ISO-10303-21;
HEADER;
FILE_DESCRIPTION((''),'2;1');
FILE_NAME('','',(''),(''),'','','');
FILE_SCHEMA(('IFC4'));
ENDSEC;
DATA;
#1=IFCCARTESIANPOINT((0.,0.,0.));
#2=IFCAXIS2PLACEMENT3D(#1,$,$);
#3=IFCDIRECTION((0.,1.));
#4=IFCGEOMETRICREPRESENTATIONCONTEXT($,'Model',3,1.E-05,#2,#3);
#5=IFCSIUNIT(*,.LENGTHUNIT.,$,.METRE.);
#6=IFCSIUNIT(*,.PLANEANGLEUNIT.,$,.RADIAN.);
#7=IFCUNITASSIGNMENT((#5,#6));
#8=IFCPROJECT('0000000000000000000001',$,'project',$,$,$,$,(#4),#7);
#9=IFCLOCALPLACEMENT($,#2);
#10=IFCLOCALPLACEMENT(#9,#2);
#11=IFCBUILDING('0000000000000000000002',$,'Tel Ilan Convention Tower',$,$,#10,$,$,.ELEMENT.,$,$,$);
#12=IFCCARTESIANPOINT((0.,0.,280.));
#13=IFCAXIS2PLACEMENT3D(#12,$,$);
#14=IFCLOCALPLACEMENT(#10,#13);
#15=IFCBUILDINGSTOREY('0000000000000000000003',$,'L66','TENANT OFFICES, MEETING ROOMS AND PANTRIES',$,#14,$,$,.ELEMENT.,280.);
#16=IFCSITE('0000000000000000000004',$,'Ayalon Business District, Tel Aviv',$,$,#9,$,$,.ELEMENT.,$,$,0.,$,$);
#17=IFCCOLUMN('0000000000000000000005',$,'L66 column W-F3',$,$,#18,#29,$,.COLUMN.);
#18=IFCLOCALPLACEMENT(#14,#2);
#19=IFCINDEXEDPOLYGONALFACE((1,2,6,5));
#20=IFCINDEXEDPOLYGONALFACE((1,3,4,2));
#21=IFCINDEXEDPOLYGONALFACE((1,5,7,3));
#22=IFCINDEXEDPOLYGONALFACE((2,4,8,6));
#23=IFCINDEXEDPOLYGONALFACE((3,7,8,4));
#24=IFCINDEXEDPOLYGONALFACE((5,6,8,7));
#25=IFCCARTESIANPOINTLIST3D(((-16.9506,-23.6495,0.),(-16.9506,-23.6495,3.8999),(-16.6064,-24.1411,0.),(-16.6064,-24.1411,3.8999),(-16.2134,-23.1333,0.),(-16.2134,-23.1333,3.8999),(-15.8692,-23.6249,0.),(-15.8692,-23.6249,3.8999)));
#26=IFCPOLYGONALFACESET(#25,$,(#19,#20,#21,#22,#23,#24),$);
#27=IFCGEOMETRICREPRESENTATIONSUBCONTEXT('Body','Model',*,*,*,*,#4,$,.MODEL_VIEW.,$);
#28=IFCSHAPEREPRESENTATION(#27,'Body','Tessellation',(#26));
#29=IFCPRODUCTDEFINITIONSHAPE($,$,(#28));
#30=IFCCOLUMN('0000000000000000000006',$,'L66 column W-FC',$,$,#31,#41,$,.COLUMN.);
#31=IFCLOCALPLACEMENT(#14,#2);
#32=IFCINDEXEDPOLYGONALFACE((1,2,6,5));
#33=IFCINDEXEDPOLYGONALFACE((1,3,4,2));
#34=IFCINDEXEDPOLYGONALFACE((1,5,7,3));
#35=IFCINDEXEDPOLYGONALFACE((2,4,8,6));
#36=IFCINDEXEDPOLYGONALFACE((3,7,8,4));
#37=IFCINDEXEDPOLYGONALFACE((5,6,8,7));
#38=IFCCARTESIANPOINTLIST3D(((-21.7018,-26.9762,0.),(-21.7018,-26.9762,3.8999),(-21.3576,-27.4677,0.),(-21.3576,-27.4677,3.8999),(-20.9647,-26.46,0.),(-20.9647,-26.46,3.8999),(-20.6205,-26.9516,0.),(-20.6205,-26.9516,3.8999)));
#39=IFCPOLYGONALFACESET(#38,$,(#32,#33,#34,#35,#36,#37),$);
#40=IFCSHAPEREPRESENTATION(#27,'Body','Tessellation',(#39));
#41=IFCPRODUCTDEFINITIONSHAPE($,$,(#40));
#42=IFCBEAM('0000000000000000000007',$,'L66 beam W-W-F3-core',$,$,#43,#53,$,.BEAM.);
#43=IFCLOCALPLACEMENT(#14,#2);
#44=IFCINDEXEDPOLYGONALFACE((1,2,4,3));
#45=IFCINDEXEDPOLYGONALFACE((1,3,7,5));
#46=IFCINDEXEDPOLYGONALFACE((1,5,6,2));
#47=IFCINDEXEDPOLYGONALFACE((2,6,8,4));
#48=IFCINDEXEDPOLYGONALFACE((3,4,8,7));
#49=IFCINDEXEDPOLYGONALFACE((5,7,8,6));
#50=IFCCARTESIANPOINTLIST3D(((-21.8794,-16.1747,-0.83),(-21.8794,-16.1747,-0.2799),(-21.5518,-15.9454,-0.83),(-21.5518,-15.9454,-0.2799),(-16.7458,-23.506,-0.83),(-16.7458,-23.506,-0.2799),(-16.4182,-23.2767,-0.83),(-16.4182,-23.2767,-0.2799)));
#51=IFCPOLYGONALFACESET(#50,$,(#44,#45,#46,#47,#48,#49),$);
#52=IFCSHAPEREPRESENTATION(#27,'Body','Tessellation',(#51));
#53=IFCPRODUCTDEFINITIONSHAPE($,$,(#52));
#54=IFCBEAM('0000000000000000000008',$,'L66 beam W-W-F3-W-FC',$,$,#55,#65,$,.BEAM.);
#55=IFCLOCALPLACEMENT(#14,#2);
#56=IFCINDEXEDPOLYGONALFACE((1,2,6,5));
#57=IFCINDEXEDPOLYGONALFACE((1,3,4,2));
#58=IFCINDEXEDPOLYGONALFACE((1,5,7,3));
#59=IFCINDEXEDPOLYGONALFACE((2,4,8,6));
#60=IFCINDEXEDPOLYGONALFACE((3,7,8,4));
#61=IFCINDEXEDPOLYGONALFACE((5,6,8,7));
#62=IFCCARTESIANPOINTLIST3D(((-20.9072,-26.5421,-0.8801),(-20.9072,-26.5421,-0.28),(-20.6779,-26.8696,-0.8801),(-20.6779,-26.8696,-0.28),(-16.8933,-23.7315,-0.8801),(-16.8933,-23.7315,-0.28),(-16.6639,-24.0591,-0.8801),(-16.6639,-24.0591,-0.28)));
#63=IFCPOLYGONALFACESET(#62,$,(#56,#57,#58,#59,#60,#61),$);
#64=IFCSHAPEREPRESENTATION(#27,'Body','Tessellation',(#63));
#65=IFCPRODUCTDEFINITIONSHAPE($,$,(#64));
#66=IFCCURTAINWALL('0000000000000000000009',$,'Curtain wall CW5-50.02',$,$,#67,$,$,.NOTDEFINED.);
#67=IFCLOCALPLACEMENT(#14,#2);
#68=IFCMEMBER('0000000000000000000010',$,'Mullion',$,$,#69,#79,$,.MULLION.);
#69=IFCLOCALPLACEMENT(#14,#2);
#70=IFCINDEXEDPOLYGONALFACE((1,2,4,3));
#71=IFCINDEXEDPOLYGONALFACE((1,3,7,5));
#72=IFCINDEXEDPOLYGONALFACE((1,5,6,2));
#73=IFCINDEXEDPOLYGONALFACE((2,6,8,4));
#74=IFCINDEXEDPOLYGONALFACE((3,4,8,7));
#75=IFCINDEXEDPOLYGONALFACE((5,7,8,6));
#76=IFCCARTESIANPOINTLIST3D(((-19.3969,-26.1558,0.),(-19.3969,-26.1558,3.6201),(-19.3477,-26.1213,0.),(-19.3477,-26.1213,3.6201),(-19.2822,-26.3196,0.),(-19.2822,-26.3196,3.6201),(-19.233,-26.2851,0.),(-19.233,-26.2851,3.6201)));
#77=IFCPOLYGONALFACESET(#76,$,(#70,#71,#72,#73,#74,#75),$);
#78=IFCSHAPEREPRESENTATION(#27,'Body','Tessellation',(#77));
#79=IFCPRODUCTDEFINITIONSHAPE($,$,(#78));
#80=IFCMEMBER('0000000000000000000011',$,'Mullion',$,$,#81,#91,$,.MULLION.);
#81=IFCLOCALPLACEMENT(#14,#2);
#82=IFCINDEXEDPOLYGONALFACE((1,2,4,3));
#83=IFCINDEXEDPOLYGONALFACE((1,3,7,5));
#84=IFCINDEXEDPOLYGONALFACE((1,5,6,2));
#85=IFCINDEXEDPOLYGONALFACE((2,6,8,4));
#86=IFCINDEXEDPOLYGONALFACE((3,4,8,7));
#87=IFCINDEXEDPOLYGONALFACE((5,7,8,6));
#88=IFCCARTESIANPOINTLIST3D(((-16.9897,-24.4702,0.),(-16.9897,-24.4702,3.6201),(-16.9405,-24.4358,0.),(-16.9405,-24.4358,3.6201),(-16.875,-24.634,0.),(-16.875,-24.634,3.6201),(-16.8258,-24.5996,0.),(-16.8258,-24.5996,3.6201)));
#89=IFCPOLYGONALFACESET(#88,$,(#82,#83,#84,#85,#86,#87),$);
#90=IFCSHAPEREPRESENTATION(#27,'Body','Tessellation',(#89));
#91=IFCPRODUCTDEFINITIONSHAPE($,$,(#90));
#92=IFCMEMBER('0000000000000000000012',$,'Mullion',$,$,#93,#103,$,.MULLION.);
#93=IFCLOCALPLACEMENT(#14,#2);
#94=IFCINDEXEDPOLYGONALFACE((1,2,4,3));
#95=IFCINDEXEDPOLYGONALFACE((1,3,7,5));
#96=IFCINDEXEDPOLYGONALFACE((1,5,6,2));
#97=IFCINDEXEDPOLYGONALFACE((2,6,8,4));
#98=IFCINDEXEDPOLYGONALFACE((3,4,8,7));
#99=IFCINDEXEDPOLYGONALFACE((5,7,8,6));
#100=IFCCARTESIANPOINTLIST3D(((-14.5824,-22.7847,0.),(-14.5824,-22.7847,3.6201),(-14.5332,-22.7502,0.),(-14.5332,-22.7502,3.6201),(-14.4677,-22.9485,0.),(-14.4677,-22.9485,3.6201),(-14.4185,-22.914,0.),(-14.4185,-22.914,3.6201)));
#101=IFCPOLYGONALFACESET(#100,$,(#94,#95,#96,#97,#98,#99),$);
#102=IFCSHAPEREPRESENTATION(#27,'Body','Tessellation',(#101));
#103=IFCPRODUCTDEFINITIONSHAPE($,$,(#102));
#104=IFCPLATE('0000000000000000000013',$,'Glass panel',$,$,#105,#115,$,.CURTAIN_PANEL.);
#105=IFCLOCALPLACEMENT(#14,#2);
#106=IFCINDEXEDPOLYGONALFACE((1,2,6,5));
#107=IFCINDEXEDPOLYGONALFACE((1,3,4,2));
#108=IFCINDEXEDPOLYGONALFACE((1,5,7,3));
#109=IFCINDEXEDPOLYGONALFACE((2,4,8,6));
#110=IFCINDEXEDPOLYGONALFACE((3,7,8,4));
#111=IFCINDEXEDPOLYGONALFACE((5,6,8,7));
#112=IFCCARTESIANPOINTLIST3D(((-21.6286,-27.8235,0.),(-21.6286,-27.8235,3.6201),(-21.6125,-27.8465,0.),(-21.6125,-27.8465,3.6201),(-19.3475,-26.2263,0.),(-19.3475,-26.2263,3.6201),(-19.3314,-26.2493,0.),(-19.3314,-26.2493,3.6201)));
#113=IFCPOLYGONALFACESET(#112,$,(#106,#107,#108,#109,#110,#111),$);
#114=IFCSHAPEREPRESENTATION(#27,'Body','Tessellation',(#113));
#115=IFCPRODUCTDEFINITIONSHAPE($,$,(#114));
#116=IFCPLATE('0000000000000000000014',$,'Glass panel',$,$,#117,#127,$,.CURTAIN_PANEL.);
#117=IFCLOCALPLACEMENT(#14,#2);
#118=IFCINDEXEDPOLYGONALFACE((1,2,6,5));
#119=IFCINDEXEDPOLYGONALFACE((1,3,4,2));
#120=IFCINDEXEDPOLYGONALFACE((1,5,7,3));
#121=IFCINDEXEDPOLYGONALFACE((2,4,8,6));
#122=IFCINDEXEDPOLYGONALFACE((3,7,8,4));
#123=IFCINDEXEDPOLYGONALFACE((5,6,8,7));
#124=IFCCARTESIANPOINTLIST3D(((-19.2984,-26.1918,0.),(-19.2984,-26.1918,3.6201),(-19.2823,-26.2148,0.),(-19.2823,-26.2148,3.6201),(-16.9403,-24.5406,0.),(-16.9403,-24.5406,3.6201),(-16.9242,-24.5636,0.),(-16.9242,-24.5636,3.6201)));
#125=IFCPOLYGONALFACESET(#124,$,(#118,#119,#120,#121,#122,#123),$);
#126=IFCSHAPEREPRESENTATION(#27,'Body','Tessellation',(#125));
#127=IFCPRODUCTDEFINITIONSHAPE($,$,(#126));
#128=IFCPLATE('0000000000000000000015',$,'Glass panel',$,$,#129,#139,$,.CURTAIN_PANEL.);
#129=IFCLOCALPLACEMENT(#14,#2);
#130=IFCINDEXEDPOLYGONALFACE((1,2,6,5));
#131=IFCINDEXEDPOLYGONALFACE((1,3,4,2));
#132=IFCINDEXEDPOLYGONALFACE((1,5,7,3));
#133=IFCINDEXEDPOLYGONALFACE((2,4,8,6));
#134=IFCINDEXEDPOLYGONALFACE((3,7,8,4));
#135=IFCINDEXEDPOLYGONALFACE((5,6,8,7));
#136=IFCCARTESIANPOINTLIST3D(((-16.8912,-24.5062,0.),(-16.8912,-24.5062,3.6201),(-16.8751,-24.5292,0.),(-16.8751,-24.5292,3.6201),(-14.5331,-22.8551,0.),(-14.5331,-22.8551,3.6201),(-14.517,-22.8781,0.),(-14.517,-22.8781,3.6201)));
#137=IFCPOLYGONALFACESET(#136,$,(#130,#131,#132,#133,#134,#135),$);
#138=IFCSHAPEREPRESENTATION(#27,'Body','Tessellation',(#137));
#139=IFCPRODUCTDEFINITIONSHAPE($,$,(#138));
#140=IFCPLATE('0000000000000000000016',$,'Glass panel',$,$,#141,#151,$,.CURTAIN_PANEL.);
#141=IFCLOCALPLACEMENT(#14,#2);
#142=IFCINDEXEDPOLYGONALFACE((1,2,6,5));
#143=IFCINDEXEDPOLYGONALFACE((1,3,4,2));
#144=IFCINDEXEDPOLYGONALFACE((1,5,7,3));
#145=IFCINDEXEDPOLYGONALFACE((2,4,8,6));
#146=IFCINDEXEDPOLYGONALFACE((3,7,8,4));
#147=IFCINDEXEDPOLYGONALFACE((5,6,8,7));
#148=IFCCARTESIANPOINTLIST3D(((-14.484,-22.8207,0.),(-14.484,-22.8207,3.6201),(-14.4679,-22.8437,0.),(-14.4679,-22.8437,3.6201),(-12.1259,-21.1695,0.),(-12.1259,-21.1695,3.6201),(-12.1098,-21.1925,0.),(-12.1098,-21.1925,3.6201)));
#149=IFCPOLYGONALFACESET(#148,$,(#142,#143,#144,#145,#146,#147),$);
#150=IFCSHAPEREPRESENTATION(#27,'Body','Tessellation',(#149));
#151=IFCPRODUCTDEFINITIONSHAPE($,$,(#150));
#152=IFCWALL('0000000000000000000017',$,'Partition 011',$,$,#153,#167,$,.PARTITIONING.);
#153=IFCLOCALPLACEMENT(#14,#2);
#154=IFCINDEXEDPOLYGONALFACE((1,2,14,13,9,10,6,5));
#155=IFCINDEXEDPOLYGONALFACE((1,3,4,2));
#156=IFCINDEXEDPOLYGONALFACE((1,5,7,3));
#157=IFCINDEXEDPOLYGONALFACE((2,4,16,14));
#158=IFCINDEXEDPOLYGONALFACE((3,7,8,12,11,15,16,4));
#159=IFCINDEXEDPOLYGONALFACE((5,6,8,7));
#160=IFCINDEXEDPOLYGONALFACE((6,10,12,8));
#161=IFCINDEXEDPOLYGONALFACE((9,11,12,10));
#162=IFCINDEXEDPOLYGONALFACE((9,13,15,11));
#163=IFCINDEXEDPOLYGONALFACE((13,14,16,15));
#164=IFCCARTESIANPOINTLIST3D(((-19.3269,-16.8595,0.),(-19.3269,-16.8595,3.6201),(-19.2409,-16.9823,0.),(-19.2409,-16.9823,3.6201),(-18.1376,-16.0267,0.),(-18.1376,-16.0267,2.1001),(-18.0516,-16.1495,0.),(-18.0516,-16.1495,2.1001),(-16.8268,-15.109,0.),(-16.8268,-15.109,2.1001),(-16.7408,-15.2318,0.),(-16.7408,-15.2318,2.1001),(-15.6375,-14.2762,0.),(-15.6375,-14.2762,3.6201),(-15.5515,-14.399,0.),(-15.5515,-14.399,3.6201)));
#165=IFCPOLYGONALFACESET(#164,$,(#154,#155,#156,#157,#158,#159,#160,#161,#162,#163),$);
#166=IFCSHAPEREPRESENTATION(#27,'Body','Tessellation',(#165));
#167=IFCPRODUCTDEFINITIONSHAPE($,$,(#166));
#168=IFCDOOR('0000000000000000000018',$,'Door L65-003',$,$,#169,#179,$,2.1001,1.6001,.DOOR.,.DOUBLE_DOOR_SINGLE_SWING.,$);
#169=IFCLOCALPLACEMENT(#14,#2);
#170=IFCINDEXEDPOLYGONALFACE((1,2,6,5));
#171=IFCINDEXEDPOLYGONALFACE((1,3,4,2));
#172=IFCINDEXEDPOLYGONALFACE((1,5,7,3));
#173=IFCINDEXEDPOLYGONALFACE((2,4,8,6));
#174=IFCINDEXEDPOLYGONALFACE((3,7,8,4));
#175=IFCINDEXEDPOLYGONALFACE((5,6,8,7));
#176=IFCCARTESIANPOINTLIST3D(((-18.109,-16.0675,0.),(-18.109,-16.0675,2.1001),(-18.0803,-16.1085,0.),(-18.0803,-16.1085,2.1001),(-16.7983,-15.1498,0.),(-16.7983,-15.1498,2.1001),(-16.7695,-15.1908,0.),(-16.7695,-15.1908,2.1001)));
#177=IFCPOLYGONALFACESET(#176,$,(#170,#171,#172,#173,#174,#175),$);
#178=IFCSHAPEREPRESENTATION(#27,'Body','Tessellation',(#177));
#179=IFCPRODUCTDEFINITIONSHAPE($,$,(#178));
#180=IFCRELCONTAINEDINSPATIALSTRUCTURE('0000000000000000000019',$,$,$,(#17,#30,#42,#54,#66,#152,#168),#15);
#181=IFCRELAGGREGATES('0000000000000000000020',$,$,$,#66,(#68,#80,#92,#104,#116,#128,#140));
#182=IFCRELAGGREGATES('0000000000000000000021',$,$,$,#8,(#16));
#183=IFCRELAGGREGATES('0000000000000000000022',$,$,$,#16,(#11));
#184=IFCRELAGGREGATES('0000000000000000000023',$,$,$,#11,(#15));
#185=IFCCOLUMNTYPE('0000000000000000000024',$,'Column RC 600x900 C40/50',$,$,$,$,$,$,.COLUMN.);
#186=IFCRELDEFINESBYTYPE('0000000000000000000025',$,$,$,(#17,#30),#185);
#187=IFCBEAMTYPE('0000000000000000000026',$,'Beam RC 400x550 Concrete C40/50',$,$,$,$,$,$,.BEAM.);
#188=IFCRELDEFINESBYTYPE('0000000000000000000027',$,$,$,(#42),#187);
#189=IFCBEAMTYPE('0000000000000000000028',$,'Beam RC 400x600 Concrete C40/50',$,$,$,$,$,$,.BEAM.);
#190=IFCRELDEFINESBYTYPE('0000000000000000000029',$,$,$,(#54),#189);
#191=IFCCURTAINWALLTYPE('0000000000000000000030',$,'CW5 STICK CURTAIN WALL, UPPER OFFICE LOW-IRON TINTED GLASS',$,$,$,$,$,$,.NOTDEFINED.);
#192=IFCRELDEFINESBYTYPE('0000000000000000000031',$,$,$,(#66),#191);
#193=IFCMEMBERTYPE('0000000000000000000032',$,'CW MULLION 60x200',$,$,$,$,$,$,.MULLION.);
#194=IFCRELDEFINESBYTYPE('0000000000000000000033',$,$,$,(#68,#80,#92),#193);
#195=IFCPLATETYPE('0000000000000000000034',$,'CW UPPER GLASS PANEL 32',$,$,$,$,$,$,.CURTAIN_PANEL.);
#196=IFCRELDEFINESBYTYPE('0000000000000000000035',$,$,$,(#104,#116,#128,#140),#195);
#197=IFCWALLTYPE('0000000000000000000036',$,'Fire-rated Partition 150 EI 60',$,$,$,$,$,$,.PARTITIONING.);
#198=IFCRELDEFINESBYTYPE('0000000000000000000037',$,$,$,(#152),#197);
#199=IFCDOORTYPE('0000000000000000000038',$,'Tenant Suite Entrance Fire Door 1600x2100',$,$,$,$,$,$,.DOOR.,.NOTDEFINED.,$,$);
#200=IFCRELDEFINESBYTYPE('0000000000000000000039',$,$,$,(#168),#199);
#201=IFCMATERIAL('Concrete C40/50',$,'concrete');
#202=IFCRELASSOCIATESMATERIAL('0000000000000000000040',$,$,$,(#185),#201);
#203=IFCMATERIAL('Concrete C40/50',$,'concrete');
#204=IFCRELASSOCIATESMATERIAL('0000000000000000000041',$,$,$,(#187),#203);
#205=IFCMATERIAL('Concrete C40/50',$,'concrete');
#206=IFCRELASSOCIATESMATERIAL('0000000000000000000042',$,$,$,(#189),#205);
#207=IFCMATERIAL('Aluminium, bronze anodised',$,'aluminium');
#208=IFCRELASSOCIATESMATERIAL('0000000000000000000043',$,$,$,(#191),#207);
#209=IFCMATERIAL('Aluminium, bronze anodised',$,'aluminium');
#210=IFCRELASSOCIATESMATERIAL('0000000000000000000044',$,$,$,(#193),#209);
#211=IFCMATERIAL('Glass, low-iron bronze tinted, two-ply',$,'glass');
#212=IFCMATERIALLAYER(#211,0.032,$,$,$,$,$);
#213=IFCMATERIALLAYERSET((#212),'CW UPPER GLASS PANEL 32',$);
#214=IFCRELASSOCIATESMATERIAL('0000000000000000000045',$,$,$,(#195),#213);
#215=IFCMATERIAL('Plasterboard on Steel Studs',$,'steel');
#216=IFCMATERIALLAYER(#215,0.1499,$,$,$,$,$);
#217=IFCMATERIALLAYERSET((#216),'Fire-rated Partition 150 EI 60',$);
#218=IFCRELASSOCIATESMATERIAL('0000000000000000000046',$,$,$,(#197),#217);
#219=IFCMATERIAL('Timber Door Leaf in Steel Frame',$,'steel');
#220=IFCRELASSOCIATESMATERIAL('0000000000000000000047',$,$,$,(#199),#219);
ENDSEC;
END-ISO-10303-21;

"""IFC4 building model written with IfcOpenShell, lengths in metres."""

from ifc_helpers import new_model, si_unit, direction, frame, frame_2d, origin, origin_2d, place, context, subcontext, project, spatial, rectangle, extrude, material, layer, layer_set, material_profile, profile_set, type_object, element, fill, aggregate, save


model = new_model("IFC4")

# Units and contexts
model_context = context("Model", 3, precision=1e-05, world=origin(), true_north=direction((0.0, 1.0)))
body_context = subcontext(model_context, "Body", "Model", "MODEL_VIEW")
ifc_project = project(units=[si_unit("LENGTHUNIT", "METRE"), si_unit("PLANEANGLEUNIT", "RADIAN")], contexts=[model_context])

# Site, building, storey
site_placement = place(None, origin())
site = spatial("IfcSite", under=ifc_project, at=site_placement, Name="Ayalon Business District, Tel Aviv", CompositionType="ELEMENT", RefElevation=0.0)
building_placement = place(site_placement, origin())
building = spatial("IfcBuilding", under=site, at=building_placement, Name="Tel Ilan Convention Tower", CompositionType="ELEMENT")
storey_placement = place(building_placement, frame((0.0, 0.0, 280.0)))
storey = spatial("IfcBuildingStorey", under=building, at=storey_placement, Name="L66", Description="TENANT OFFICES, MEETING ROOMS AND PANTRIES", CompositionType="ELEMENT", Elevation=280.0)

# Columns
ifc_material_1 = material(Name="Concrete C40/50", Category="concrete")
ifc_material_profile_1 = material_profile(ifc_material_1, rectangle(XDim=0.8999, YDim=0.6001, at=origin_2d()), Name="RC 600x900")
ifc_profile_set_1 = profile_set([ifc_material_profile_1], Name="Concrete C40/50")
column_type = type_object("IfcColumnType", Name="Column RC 600x900 C40/50", PredefinedType="COLUMN", material=ifc_profile_set_1)
for number, where, z_axis, x_axis, name in (
    (1, (-16.4099, -23.6372, 0.0), (0.0, 0.0, 1.0), (-0.819152, -0.573576, 0.0), "L66 column W-F3"),
    (2, (-21.1611, -26.9639, 0.0), (0.0, 0.0, 1.0), (-0.819152, -0.573576, 0.0), "L66 column W-FC"),
):
    element("IfcColumn", number, at=place(storey_placement, frame(where, z_axis=z_axis, x_axis=x_axis)), inside=storey, type_object=column_type, Name=name, PredefinedType="COLUMN", context=body_context, shape_type="SweptSolid", body=[
        extrude(rectangle(XDim=0.8999, YDim=0.6001, at=origin_2d()), origin(), (0.0, 0.0, 1.0), 3.8999),
    ])

# Beams
ifc_material_2 = material(Name="Concrete C40/50", Category="concrete")
ifc_material_profile_2 = material_profile(ifc_material_2, rectangle(XDim=0.3999, YDim=0.55, at=origin_2d()), Name="RC 400x550")
ifc_profile_set_2 = profile_set([ifc_material_profile_2], Name="Concrete C40/50")
beam_type_1 = type_object("IfcBeamType", Name="Beam RC 400x550 Concrete C40/50", PredefinedType="BEAM", material=ifc_profile_set_2)
beam_1_placement = place(storey_placement, frame((-16.582, -23.3914, -0.5549), z_axis=(-0.573585, 0.819146, 0.0), x_axis=(-0.819146, -0.573585, 0.0)))
element("IfcBeam", 3, at=beam_1_placement, inside=storey, type_object=beam_type_1, Name="L66 beam W-W-F3-core", PredefinedType="BEAM", context=body_context, shape_type="SweptSolid", body=[
    extrude(rectangle(XDim=0.3999, YDim=0.55, at=origin_2d()), origin(), (0.0, 0.0, 1.0), 8.95),
])
ifc_material_3 = material(Name="Concrete C40/50", Category="concrete")
ifc_material_profile_3 = material_profile(ifc_material_3, rectangle(XDim=0.3999, YDim=0.6001, at=origin_2d()), Name="RC 400x600")
ifc_profile_set_3 = profile_set([ifc_material_profile_3], Name="Concrete C40/50")
beam_type_2 = type_object("IfcBeamType", Name="Beam RC 400x600 Concrete C40/50", PredefinedType="BEAM", material=ifc_profile_set_3)
beam_2_placement = place(storey_placement, frame((-16.7786, -23.8953, -0.5801), z_axis=(-0.819155, -0.573573, 0.0), x_axis=(0.573573, -0.819155, 0.0)))
element("IfcBeam", 4, at=beam_2_placement, inside=storey, type_object=beam_type_2, Name="L66 beam W-W-F3-W-FC", PredefinedType="BEAM", context=body_context, shape_type="SweptSolid", body=[
    extrude(rectangle(XDim=0.3999, YDim=0.6001, at=origin_2d()), origin(), (0.0, 0.0, 1.0), 4.9001),
])

# Curtain wall, members, plates
ifc_material_4 = material(Name="Aluminium, bronze anodised", Category="aluminium")
curtain_wall_type = type_object("IfcCurtainWallType", Name="CW5 STICK CURTAIN WALL, UPPER OFFICE LOW-IRON TINTED GLASS", PredefinedType="NOTDEFINED", material=ifc_material_4)
curtain_wall_placement = place(storey_placement, origin())
curtain_wall = element("IfcCurtainWall", 5, at=curtain_wall_placement, inside=storey, type_object=curtain_wall_type, Name="Curtain wall CW5-50.02", PredefinedType="NOTDEFINED")
ifc_material_5 = material(Name="Aluminium, bronze anodised", Category="aluminium")
ifc_material_profile_4 = material_profile(ifc_material_5, rectangle(XDim=0.0601, YDim=0.2, at=origin_2d()), Name="CW MULLION 60x200")
ifc_profile_set_4 = profile_set([ifc_material_profile_4], Name="Aluminium, bronze anodised")
member_type = type_object("IfcMemberType", Name="CW MULLION 60x200", PredefinedType="MULLION", material=ifc_profile_set_4)
member_1_placement = place(storey_placement, frame((-19.3149, -26.2205, 0.0), z_axis=(0.0, 0.0, 1.0), x_axis=(0.819152, 0.573576, 0.0)))
member_1 = element("IfcMember", 6, at=member_1_placement, type_object=member_type, Name="Mullion", PredefinedType="MULLION", context=body_context, shape_type="SweptSolid", body=[
    extrude(rectangle(XDim=0.0601, YDim=0.2, at=origin_2d()), origin(), (0.0, 0.0, 1.0), 3.6201),
])
member_2_placement = place(storey_placement, frame((-16.9077, -24.5349, 0.0), z_axis=(0.0, 0.0, 1.0), x_axis=(0.819152, 0.573576, 0.0)))
member_2 = element("IfcMember", 7, at=member_2_placement, type_object=member_type, Name="Mullion", PredefinedType="MULLION", context=body_context, shape_type="SweptSolid", body=[
    extrude(rectangle(XDim=0.0601, YDim=0.2, at=origin_2d()), origin(), (0.0, 0.0, 1.0), 3.6201),
])
member_3_placement = place(storey_placement, frame((-14.5005, -22.8494, 0.0), z_axis=(0.0, 0.0, 1.0), x_axis=(0.819152, 0.573576, 0.0)))
member_3 = element("IfcMember", 8, at=member_3_placement, type_object=member_type, Name="Mullion", PredefinedType="MULLION", context=body_context, shape_type="SweptSolid", body=[
    extrude(rectangle(XDim=0.0601, YDim=0.2, at=origin_2d()), origin(), (0.0, 0.0, 1.0), 3.6201),
])
ifc_material_6 = material(Name="Glass, low-iron bronze tinted, two-ply", Category="glass")
ifc_layer_1 = layer(ifc_material_6, 0.032)
ifc_layer_set_1 = layer_set([ifc_layer_1], Name="CW UPPER GLASS PANEL 32")
plate_type = type_object("IfcPlateType", Name="CW UPPER GLASS PANEL 32", PredefinedType="CURTAIN_PANEL", material=ifc_layer_set_1)
plate_1_placement = place(storey_placement, frame((-20.48, -27.0364, 0.0), z_axis=(0.0, 0.0, 1.0), x_axis=(0.819152, 0.573576, 0.0)))
plate_1 = element("IfcPlate", 9, at=plate_1_placement, type_object=plate_type, Name="Glass panel", PredefinedType="CURTAIN_PANEL", context=body_context, shape_type="SweptSolid", body=[
    extrude(rectangle(XDim=2.7847, YDim=0.0281, at=origin_2d()), origin(), (0.0, 0.0, 1.0), 3.6201),
])
plate_2_placement = place(storey_placement, frame((-18.1113, -25.3777, 0.0), z_axis=(0.0, 0.0, 1.0), x_axis=(0.819152, 0.573576, 0.0)))
plate_2 = element("IfcPlate", 10, at=plate_2_placement, type_object=plate_type, Name="Glass panel", PredefinedType="CURTAIN_PANEL", context=body_context, shape_type="SweptSolid", body=[
    extrude(rectangle(XDim=2.8787, YDim=0.0281, at=origin_2d()), origin(), (0.0, 0.0, 1.0), 3.6201),
])
plate_3_placement = place(storey_placement, frame((-15.7041, -23.6921, 0.0), z_axis=(0.0, 0.0, 1.0), x_axis=(0.819152, 0.573576, 0.0)))
plate_3 = element("IfcPlate", 11, at=plate_3_placement, type_object=plate_type, Name="Glass panel", PredefinedType="CURTAIN_PANEL", context=body_context, shape_type="SweptSolid", body=[
    extrude(rectangle(XDim=2.8787, YDim=0.0281, at=origin_2d()), origin(), (0.0, 0.0, 1.0), 3.6201),
])
plate_4_placement = place(storey_placement, frame((-13.2969, -22.0066, 0.0), z_axis=(0.0, 0.0, 1.0), x_axis=(0.819152, 0.573576, 0.0)))
plate_4 = element("IfcPlate", 12, at=plate_4_placement, type_object=plate_type, Name="Glass panel", PredefinedType="CURTAIN_PANEL", context=body_context, shape_type="SweptSolid", body=[
    extrude(rectangle(XDim=2.8787, YDim=0.0281, at=origin_2d()), origin(), (0.0, 0.0, 1.0), 3.6201),
])
aggregate(curtain_wall, [member_1, member_2, member_3, plate_1, plate_2, plate_3, plate_4])

# Wall, opening, door
ifc_material_7 = material(Name="Plasterboard on Steel Studs", Category="steel")
ifc_layer_2 = layer(ifc_material_7, 0.1499)
ifc_layer_set_2 = layer_set([ifc_layer_2], Name="Fire-rated Partition 150 EI 60")
wall_type_1 = type_object("IfcWallType", Name="Fire-rated Partition 150 EI 60", PredefinedType="PARTITIONING", material=ifc_layer_set_2)
wall_1_placement = place(storey_placement, frame((-15.5945, -14.3376, 0.0), z_axis=(0.0, 0.0, 1.0), x_axis=(-0.819166, -0.573557, 0.0)))
wall_1 = element("IfcWall", 13, at=wall_1_placement, inside=storey, type_object=wall_type_1, Name="Partition 011", PredefinedType="PARTITIONING", context=body_context, shape_type="SweptSolid", body=[
    extrude(rectangle(XDim=4.5039, YDim=0.1499, at=frame_2d((2.252, 0.0))), origin(), (0.0, 0.0, 1.0), 3.6201),
])
opening_1_placement = place(wall_1_placement, frame((1.4519, 0.0, 0.0)))
opening_1 = element("IfcOpeningElement", 14, at=opening_1_placement, cuts=wall_1, PredefinedType="OPENING", context=body_context, shape_type="SweptSolid", body=[
    extrude(rectangle(XDim=1.6001, YDim=2.1001, at=frame_2d((0.8, 1.05))), frame((0.0, 0.085, 0.0), z_axis=(0.0, -1.0, 0.0), x_axis=(1.0, 0.0, 0.0)), (0.0, 0.0, 1.0), 0.1699),
])
ifc_material_8 = material(Name="Timber Door Leaf in Steel Frame", Category="steel")
door_type_1 = type_object("IfcDoorType", Name="Tenant Suite Entrance Fire Door 1600x2100", OperationType="NOTDEFINED", PredefinedType="DOOR", material=ifc_material_8)
door_1_placement = place(opening_1_placement, origin())
door_1 = element("IfcDoor", 15, at=door_1_placement, inside=storey, type_object=door_type_1, Name="Door L65-003", OperationType="DOUBLE_DOOR_SINGLE_SWING", OverallHeight=2.1001, OverallWidth=1.6001, PredefinedType="DOOR", context=body_context, shape_type="SweptSolid", body=[
    extrude(rectangle(XDim=1.6001, YDim=2.1001, at=frame_2d((0.8, 1.05))), frame((0.0, 0.0249, 0.0), z_axis=(0.0, -1.0, 0.0), x_axis=(1.0, 0.0, 0.0)), (0.0, 0.0, 1.0), 0.05),
])
fill(opening_1, door_1)

save(model, "model.ifc")
